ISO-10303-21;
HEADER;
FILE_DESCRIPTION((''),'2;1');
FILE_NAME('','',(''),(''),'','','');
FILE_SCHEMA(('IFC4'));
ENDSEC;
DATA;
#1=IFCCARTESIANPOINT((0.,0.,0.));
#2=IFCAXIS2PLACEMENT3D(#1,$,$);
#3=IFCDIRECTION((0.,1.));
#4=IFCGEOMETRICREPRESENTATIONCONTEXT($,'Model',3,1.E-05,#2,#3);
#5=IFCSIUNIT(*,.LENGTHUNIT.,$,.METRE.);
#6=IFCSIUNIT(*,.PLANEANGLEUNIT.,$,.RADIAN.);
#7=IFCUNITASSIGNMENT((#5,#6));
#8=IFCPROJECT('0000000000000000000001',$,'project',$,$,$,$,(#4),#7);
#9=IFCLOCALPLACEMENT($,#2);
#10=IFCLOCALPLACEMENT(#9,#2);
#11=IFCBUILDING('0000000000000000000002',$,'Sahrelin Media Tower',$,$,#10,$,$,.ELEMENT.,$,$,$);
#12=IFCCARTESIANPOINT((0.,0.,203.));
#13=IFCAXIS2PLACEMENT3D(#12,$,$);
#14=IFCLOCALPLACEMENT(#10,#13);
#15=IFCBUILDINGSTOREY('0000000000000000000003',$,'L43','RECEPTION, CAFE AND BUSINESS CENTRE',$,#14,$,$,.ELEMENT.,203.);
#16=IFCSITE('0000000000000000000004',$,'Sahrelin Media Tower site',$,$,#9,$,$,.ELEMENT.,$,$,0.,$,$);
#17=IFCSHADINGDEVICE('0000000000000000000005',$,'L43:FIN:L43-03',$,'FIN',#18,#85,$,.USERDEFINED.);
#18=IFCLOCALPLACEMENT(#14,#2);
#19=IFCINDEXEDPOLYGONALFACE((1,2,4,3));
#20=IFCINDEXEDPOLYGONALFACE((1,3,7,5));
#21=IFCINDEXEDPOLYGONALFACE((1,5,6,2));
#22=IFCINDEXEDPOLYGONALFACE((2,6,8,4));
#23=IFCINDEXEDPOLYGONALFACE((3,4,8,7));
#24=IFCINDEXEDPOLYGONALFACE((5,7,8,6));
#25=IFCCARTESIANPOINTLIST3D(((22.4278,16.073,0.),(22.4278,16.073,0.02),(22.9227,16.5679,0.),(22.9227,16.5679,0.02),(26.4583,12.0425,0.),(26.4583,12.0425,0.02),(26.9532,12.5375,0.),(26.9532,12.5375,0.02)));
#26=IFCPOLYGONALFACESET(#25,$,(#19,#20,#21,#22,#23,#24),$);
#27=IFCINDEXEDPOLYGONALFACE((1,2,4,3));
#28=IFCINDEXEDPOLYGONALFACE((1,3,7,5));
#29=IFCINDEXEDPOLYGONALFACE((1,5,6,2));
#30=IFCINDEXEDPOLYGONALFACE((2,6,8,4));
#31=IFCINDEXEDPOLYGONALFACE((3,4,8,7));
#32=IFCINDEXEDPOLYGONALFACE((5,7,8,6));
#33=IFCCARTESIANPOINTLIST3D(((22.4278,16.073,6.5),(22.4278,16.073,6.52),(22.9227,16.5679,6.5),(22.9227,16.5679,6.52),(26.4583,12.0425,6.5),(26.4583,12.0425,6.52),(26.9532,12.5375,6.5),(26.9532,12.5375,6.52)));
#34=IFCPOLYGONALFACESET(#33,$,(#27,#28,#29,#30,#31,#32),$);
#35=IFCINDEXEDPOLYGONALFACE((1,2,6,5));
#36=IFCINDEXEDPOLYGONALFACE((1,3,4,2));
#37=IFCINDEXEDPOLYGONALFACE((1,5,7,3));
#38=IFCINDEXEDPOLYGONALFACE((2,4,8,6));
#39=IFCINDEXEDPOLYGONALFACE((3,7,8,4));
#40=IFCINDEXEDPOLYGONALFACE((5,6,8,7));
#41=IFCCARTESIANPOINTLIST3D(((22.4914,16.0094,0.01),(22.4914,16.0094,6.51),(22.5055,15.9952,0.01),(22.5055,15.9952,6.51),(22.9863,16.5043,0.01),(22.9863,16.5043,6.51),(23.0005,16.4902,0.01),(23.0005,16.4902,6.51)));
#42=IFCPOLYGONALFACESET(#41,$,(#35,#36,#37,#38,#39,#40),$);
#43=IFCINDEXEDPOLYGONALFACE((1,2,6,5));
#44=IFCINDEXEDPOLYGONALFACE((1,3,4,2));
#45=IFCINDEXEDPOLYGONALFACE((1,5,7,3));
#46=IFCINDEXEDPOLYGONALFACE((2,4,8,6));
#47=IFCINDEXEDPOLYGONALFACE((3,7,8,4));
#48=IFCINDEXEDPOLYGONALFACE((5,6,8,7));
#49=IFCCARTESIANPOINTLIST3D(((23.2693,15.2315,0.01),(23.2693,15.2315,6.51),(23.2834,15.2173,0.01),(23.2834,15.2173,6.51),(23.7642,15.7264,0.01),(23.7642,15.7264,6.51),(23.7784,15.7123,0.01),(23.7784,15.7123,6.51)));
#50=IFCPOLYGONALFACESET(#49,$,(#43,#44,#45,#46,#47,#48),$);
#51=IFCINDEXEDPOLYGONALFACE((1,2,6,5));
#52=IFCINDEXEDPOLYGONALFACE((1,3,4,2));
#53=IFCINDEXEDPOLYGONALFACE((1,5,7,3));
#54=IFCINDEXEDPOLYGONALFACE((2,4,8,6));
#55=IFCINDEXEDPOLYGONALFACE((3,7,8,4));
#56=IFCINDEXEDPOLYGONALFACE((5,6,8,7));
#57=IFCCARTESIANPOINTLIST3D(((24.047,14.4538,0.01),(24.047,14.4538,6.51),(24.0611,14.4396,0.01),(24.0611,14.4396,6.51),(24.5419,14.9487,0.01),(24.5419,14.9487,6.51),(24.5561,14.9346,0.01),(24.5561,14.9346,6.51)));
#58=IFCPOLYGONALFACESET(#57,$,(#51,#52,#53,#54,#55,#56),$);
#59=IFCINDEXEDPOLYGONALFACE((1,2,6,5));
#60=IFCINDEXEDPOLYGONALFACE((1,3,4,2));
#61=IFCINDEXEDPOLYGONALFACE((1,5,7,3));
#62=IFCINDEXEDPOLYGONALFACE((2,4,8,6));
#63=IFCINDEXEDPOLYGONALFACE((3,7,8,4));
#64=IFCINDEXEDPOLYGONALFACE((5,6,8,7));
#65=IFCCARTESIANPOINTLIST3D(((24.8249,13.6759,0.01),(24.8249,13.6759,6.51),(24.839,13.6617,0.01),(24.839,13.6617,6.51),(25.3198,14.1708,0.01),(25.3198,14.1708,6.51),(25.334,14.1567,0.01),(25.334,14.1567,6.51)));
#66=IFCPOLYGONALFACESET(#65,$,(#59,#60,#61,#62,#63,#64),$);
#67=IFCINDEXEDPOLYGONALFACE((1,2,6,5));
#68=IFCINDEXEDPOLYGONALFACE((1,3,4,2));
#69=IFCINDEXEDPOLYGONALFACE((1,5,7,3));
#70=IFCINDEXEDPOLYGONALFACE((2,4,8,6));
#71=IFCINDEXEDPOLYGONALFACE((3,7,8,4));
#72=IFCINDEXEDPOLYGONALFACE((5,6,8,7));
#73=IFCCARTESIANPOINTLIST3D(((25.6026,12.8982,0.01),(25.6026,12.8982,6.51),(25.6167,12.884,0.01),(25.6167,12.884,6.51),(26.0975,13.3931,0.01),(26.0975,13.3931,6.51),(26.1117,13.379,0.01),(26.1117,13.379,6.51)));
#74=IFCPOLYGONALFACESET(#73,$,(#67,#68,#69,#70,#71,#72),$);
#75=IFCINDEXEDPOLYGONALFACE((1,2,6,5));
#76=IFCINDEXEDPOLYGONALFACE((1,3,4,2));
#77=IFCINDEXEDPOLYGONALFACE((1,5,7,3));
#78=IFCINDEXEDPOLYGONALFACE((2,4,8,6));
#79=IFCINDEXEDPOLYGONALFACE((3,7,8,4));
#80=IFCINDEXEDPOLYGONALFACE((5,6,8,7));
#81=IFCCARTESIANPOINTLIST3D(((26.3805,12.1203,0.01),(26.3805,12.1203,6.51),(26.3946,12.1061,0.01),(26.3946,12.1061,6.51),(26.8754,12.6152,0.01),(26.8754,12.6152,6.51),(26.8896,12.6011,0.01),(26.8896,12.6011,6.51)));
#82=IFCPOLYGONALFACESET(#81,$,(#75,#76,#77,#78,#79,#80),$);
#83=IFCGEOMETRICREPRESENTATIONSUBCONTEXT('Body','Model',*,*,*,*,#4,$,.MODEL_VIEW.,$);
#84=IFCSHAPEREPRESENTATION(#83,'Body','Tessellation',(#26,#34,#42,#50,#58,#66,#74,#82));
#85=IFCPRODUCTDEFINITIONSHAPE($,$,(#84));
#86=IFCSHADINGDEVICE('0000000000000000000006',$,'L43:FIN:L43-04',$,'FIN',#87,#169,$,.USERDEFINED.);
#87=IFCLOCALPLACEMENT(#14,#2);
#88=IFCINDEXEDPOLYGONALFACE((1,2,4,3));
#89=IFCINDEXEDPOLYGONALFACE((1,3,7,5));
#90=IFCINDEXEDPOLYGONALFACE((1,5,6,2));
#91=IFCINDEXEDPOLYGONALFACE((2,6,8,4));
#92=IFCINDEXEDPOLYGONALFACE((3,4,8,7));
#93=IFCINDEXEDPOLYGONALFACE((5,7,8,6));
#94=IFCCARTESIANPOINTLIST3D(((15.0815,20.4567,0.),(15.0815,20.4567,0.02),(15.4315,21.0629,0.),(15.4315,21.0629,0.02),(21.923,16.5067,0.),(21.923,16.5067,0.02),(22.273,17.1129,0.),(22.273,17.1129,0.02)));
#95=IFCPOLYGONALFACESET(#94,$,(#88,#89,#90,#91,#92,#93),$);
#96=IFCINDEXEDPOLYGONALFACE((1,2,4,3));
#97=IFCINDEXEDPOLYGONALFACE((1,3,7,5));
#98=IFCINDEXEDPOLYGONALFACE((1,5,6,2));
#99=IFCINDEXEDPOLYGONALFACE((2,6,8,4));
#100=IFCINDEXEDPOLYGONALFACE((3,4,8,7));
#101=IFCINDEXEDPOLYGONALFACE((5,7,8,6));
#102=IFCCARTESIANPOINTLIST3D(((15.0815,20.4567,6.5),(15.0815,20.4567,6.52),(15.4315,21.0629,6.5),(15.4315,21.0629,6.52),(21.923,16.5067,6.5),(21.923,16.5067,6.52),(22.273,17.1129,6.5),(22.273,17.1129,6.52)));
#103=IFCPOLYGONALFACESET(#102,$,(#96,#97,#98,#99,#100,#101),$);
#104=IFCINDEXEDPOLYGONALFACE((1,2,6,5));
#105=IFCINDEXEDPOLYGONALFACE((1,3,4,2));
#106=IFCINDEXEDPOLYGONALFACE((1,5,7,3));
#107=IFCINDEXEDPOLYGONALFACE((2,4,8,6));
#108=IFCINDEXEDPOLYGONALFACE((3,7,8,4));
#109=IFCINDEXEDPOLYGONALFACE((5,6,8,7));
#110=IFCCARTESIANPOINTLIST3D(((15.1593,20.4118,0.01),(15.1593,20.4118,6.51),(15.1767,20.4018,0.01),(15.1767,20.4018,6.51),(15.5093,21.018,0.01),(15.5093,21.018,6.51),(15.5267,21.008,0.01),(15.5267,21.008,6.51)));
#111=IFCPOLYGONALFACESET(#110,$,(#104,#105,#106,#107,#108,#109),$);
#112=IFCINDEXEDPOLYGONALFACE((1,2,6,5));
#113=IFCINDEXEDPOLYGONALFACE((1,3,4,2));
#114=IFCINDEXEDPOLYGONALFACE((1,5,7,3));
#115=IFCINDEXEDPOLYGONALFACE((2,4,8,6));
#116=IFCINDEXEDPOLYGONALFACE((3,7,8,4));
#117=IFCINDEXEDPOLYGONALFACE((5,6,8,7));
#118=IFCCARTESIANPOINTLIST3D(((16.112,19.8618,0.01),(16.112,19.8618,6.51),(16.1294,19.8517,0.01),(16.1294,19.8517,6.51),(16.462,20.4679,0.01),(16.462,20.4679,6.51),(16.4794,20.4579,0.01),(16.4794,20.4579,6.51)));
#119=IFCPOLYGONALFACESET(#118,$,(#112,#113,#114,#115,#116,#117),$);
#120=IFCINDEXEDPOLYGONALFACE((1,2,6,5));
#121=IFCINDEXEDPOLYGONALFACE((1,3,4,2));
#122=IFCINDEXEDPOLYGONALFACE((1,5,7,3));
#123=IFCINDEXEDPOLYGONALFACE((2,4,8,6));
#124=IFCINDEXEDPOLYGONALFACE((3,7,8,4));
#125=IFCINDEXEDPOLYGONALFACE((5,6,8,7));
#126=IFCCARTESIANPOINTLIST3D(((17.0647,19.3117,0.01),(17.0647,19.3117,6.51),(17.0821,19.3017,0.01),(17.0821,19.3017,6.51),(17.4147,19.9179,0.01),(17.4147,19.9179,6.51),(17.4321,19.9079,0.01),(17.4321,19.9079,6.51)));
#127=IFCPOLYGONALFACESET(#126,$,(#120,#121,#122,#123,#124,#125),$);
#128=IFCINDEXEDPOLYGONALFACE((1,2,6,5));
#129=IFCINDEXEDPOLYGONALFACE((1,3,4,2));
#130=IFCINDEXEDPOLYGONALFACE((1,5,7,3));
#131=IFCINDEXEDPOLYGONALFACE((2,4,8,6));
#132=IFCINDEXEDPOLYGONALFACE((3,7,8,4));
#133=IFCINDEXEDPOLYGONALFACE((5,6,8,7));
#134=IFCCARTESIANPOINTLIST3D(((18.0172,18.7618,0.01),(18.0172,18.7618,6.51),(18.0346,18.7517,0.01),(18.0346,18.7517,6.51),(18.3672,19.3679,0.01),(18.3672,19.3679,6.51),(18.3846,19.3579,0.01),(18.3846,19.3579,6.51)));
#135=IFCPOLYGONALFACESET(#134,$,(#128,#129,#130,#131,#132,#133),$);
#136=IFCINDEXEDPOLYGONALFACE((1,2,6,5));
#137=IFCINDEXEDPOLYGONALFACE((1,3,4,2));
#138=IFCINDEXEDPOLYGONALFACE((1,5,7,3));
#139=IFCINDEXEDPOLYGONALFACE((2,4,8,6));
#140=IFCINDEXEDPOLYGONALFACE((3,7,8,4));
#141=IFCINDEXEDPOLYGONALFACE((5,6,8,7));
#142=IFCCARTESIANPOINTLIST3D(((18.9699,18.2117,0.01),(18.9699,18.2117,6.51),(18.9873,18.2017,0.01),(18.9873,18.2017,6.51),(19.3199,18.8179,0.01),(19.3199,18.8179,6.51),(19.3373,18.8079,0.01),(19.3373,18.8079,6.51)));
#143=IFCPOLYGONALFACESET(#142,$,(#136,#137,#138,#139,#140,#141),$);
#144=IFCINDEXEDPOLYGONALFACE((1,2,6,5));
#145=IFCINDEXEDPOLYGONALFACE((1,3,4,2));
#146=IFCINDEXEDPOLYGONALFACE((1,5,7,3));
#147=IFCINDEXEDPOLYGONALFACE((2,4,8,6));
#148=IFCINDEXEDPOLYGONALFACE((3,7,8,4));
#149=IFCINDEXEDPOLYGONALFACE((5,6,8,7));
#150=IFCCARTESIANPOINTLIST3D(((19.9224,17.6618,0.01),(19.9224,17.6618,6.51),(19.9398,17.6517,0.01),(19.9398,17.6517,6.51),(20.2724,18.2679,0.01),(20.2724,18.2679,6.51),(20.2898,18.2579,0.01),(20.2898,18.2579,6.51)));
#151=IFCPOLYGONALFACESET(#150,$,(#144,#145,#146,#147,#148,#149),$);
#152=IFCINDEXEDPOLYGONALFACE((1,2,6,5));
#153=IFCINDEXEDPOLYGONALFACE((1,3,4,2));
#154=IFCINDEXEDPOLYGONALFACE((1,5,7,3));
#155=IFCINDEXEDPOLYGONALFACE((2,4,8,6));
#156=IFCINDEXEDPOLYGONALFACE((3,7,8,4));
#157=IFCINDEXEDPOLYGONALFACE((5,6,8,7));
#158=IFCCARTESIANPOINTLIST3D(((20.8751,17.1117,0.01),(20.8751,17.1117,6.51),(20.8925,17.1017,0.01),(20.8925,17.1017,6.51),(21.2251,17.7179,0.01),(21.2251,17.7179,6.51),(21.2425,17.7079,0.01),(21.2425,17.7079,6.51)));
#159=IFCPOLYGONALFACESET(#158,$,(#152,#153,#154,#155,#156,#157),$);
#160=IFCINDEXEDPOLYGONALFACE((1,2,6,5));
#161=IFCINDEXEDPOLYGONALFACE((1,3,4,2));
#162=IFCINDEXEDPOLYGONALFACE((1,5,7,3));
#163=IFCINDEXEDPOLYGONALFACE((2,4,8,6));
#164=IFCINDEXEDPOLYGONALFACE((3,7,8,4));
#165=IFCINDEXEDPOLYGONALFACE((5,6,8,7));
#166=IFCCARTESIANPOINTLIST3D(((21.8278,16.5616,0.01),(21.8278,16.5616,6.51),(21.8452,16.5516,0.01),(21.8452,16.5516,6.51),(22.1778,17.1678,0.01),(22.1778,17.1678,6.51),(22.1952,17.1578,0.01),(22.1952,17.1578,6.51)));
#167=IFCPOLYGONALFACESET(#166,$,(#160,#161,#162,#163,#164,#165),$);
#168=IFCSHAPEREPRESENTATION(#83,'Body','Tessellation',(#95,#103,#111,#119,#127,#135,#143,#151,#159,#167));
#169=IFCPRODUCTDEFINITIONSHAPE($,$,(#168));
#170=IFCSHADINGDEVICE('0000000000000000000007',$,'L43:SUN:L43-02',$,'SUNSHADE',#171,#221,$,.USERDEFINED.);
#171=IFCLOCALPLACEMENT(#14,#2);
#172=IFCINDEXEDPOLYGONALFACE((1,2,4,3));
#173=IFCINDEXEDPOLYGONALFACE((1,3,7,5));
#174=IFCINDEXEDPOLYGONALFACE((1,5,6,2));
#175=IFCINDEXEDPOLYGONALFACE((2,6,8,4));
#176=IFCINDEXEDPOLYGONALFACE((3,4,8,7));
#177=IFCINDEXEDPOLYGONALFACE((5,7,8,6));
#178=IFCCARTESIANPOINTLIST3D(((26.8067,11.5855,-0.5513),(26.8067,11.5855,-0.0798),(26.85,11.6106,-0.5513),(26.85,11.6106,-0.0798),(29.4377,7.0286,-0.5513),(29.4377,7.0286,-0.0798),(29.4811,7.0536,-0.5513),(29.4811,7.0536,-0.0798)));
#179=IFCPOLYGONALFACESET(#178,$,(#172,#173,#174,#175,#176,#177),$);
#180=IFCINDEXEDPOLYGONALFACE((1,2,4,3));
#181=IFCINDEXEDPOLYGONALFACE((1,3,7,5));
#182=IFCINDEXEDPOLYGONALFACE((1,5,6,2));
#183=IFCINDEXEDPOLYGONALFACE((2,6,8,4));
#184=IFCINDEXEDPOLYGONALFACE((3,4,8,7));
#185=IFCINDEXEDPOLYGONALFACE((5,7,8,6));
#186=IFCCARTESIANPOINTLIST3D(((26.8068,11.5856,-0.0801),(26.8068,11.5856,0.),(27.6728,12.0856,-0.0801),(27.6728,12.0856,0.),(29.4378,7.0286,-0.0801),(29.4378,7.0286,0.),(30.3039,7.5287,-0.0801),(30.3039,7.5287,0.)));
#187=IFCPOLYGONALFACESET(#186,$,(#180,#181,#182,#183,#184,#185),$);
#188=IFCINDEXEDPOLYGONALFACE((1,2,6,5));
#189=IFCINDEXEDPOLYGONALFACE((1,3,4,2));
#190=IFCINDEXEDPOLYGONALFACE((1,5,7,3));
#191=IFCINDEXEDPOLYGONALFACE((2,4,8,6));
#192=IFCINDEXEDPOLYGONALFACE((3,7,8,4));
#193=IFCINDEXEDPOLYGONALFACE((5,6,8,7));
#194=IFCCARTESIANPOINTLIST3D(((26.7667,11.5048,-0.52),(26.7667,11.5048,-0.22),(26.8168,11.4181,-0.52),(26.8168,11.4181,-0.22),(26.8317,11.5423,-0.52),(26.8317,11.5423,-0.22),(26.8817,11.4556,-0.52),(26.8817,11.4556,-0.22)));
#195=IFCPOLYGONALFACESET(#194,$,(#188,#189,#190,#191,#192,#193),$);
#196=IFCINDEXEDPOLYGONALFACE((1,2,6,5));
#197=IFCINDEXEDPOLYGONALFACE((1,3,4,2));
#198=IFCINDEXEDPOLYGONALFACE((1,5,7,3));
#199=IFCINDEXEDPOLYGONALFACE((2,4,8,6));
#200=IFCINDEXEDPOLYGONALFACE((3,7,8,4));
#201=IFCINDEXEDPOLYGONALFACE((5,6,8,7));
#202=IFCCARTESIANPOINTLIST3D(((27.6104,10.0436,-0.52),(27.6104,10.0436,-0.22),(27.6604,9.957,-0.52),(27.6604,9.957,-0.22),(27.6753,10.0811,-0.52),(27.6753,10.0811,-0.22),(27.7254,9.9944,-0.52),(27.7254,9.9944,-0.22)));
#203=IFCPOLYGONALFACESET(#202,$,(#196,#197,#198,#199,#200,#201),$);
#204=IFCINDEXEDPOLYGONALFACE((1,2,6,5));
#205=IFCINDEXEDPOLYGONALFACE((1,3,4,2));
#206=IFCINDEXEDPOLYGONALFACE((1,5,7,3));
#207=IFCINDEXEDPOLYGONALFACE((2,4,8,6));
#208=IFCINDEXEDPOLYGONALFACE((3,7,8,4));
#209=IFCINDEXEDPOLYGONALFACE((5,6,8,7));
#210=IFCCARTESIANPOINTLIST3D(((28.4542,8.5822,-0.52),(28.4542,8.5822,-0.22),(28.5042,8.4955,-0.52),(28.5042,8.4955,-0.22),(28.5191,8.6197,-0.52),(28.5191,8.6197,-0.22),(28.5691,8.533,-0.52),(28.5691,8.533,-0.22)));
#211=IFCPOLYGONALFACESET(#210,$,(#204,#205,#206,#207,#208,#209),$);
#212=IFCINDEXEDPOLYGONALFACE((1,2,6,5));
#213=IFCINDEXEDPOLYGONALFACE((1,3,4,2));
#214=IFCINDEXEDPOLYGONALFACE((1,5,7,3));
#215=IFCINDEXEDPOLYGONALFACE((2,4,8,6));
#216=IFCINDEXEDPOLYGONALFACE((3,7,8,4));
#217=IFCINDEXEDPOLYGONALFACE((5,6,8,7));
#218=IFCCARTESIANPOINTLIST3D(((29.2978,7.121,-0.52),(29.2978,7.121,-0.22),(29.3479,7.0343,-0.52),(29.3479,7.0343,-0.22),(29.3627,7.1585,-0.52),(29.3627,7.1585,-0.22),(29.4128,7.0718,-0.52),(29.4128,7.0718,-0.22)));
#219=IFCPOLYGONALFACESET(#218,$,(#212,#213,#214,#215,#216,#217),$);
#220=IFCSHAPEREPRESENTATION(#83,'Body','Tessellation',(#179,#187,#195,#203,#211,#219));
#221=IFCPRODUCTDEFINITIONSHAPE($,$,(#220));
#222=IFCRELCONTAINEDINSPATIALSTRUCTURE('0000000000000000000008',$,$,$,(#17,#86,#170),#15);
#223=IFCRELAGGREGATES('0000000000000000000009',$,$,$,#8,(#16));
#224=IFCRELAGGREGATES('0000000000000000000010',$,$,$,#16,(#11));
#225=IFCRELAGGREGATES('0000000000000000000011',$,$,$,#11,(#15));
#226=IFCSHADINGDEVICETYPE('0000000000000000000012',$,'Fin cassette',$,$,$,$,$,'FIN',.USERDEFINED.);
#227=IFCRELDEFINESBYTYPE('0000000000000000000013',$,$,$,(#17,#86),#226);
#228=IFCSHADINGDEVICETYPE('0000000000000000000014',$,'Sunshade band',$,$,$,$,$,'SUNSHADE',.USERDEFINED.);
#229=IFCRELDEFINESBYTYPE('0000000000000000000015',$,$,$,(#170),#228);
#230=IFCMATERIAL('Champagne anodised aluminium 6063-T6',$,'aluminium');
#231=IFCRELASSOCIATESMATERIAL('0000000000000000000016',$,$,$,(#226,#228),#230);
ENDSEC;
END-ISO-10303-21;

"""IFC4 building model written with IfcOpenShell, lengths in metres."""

from ifc_helpers import new_model, si_unit, direction, frame, origin, origin_2d, place, context, subcontext, project, spatial, rectangle, extrude, material, type_object, element, save


model = new_model("IFC4")

# Units and contexts
model_context = context("Model", 3, precision=1e-05, world=origin(), true_north=direction((0.0, 1.0)))
body_context = subcontext(model_context, "Body", "Model", "MODEL_VIEW")
ifc_project = project(units=[si_unit("LENGTHUNIT", "METRE"), si_unit("PLANEANGLEUNIT", "RADIAN")], contexts=[model_context])

# Site, building, storey
site_placement = place(None, origin())
site = spatial("IfcSite", under=ifc_project, at=site_placement, Name="Sahrelin Media Tower site", CompositionType="ELEMENT", RefElevation=0.0)
building_placement = place(site_placement, origin())
building = spatial("IfcBuilding", under=site, at=building_placement, Name="Sahrelin Media Tower", CompositionType="ELEMENT")
storey_placement = place(building_placement, frame((0.0, 0.0, 203.0)))
storey = spatial("IfcBuildingStorey", under=building, at=storey_placement, Name="L43", Description="RECEPTION, CAFE AND BUSINESS CENTRE", CompositionType="ELEMENT", Elevation=203.0)

# Shared definitions
ifc_material_1 = material(Name="Champagne anodised aluminium 6063-T6", Category="aluminium")

# Shading devices
shading_device_type_1 = type_object("IfcShadingDeviceType", Name="Fin cassette", ElementType="FIN", PredefinedType="USERDEFINED", material=ifc_material_1)
placement_1 = place(storey_placement, frame((28.105, 9.2971, 0.0), z_axis=(0.0, 0.0, 1.0), x_axis=(0.500011, -0.866019, 0.0)))
placement_2 = place(storey_placement, frame((24.3936, 14.0083, 0.0), z_axis=(0.0, 0.0, 1.0), x_axis=(0.707107, -0.707107, 0.0)))
element("IfcShadingDevice", 1, at=placement_2, inside=storey, type_object=shading_device_type_1, Name="L43:FIN:L43-03", ObjectType="FIN", PredefinedType="USERDEFINED", context=body_context, shape_type="SweptSolid", body=[
    extrude(rectangle(XDim=5.7, YDim=0.7, at=origin_2d()), frame((0.0, 0.4199, 0.0)), (0.0, 0.0, 1.0), 0.02),
    extrude(rectangle(XDim=5.7, YDim=0.7, at=origin_2d()), frame((0.0, 0.4199, 6.5)), (0.0, 0.0, 1.0), 0.02),
    extrude(rectangle(XDim=0.02, YDim=0.7, at=origin_2d()), frame((-2.75, 0.4199, 0.01), z_axis=(0.0, 0.0, 1.0), x_axis=(1.0, 0.0, 0.0)), (0.0, 0.0, 1.0), 6.5),
    extrude(rectangle(XDim=0.02, YDim=0.7, at=origin_2d()), frame((-1.6499, 0.4199, 0.01), z_axis=(0.0, 0.0, 1.0), x_axis=(1.0, 0.0, 0.0)), (0.0, 0.0, 1.0), 6.5),
    extrude(rectangle(XDim=0.02, YDim=0.7, at=origin_2d()), frame((-0.55, 0.4199, 0.01), z_axis=(0.0, 0.0, 1.0), x_axis=(1.0, 0.0, 0.0)), (0.0, 0.0, 1.0), 6.5),
    extrude(rectangle(XDim=0.02, YDim=0.7, at=origin_2d()), frame((0.55, 0.4199, 0.01), z_axis=(0.0, 0.0, 1.0), x_axis=(1.0, 0.0, 0.0)), (0.0, 0.0, 1.0), 6.5),
    extrude(rectangle(XDim=0.02, YDim=0.7, at=origin_2d()), frame((1.6499, 0.4199, 0.01), z_axis=(0.0, 0.0, 1.0), x_axis=(1.0, 0.0, 0.0)), (0.0, 0.0, 1.0), 6.5),
    extrude(rectangle(XDim=0.02, YDim=0.7, at=origin_2d()), frame((2.75, 0.4199, 0.01), z_axis=(0.0, 0.0, 1.0), x_axis=(1.0, 0.0, 0.0)), (0.0, 0.0, 1.0), 6.5),
])
placement_3 = place(storey_placement, frame((18.4673, 18.4211, 0.0), z_axis=(0.0, 0.0, 1.0), x_axis=(0.866019, -0.500011, 0.0)))
element("IfcShadingDevice", 2, at=placement_3, inside=storey, type_object=shading_device_type_1, Name="L43:FIN:L43-04", ObjectType="FIN", PredefinedType="USERDEFINED", context=body_context, shape_type="SweptSolid", body=[
    extrude(rectangle(XDim=7.8999, YDim=0.7, at=origin_2d()), frame((0.0, 0.4199, 0.0)), (0.0, 0.0, 1.0), 0.02),
    extrude(rectangle(XDim=7.8999, YDim=0.7, at=origin_2d()), frame((0.0, 0.4199, 6.5)), (0.0, 0.0, 1.0), 0.02),
    extrude(rectangle(XDim=0.02, YDim=0.7, at=origin_2d()), frame((-3.8501, 0.4199, 0.01), z_axis=(0.0, 0.0, 1.0), x_axis=(1.0, 0.0, 0.0)), (0.0, 0.0, 1.0), 6.5),
    extrude(rectangle(XDim=0.02, YDim=0.7, at=origin_2d()), frame((-2.75, 0.4199, 0.01), z_axis=(0.0, 0.0, 1.0), x_axis=(1.0, 0.0, 0.0)), (0.0, 0.0, 1.0), 6.5),
    extrude(rectangle(XDim=0.02, YDim=0.7, at=origin_2d()), frame((-1.6499, 0.4199, 0.01), z_axis=(0.0, 0.0, 1.0), x_axis=(1.0, 0.0, 0.0)), (0.0, 0.0, 1.0), 6.5),
    extrude(rectangle(XDim=0.02, YDim=0.7, at=origin_2d()), frame((-0.55, 0.4199, 0.01), z_axis=(0.0, 0.0, 1.0), x_axis=(1.0, 0.0, 0.0)), (0.0, 0.0, 1.0), 6.5),
    extrude(rectangle(XDim=0.02, YDim=0.7, at=origin_2d()), frame((0.55, 0.4199, 0.01), z_axis=(0.0, 0.0, 1.0), x_axis=(1.0, 0.0, 0.0)), (0.0, 0.0, 1.0), 6.5),
    extrude(rectangle(XDim=0.02, YDim=0.7, at=origin_2d()), frame((1.6499, 0.4199, 0.01), z_axis=(0.0, 0.0, 1.0), x_axis=(1.0, 0.0, 0.0)), (0.0, 0.0, 1.0), 6.5),
    extrude(rectangle(XDim=0.02, YDim=0.7, at=origin_2d()), frame((2.75, 0.4199, 0.01), z_axis=(0.0, 0.0, 1.0), x_axis=(1.0, 0.0, 0.0)), (0.0, 0.0, 1.0), 6.5),
    extrude(rectangle(XDim=0.02, YDim=0.7, at=origin_2d()), frame((3.8501, 0.4199, 0.01), z_axis=(0.0, 0.0, 1.0), x_axis=(1.0, 0.0, 0.0)), (0.0, 0.0, 1.0), 6.5),
])
shading_device_type_2 = type_object("IfcShadingDeviceType", Name="Sunshade band", ElementType="SUNSHADE", PredefinedType="USERDEFINED", material=ifc_material_1)
element("IfcShadingDevice", 3, at=placement_1, inside=storey, type_object=shading_device_type_2, Name="L43:SUN:L43-02", ObjectType="SUNSHADE", PredefinedType="USERDEFINED", context=body_context, shape_type="SweptSolid", body=[
    extrude(rectangle(XDim=5.262, YDim=0.05, at=origin_2d()), frame((0.0, 0.0449, -0.5513)), (0.0, 0.0, 1.0), 0.4714),
    extrude(rectangle(XDim=5.262, YDim=1.0, at=origin_2d()), frame((0.0, 0.52, -0.0801)), (0.0, 0.0, 1.0), 0.0801),
    extrude(rectangle(XDim=0.1001, YDim=0.075, at=origin_2d()), frame((-2.531, -0.0176, -0.52)), (0.0, 0.0, 1.0), 0.3),
    extrude(rectangle(XDim=0.1001, YDim=0.075, at=origin_2d()), frame((-0.8438, -0.0176, -0.52)), (0.0, 0.0, 1.0), 0.3),
    extrude(rectangle(XDim=0.1001, YDim=0.075, at=origin_2d()), frame((0.8438, -0.0176, -0.52)), (0.0, 0.0, 1.0), 0.3),
    extrude(rectangle(XDim=0.1001, YDim=0.075, at=origin_2d()), frame((2.531, -0.0176, -0.52)), (0.0, 0.0, 1.0), 0.3),
])

save(model, "model.ifc")
